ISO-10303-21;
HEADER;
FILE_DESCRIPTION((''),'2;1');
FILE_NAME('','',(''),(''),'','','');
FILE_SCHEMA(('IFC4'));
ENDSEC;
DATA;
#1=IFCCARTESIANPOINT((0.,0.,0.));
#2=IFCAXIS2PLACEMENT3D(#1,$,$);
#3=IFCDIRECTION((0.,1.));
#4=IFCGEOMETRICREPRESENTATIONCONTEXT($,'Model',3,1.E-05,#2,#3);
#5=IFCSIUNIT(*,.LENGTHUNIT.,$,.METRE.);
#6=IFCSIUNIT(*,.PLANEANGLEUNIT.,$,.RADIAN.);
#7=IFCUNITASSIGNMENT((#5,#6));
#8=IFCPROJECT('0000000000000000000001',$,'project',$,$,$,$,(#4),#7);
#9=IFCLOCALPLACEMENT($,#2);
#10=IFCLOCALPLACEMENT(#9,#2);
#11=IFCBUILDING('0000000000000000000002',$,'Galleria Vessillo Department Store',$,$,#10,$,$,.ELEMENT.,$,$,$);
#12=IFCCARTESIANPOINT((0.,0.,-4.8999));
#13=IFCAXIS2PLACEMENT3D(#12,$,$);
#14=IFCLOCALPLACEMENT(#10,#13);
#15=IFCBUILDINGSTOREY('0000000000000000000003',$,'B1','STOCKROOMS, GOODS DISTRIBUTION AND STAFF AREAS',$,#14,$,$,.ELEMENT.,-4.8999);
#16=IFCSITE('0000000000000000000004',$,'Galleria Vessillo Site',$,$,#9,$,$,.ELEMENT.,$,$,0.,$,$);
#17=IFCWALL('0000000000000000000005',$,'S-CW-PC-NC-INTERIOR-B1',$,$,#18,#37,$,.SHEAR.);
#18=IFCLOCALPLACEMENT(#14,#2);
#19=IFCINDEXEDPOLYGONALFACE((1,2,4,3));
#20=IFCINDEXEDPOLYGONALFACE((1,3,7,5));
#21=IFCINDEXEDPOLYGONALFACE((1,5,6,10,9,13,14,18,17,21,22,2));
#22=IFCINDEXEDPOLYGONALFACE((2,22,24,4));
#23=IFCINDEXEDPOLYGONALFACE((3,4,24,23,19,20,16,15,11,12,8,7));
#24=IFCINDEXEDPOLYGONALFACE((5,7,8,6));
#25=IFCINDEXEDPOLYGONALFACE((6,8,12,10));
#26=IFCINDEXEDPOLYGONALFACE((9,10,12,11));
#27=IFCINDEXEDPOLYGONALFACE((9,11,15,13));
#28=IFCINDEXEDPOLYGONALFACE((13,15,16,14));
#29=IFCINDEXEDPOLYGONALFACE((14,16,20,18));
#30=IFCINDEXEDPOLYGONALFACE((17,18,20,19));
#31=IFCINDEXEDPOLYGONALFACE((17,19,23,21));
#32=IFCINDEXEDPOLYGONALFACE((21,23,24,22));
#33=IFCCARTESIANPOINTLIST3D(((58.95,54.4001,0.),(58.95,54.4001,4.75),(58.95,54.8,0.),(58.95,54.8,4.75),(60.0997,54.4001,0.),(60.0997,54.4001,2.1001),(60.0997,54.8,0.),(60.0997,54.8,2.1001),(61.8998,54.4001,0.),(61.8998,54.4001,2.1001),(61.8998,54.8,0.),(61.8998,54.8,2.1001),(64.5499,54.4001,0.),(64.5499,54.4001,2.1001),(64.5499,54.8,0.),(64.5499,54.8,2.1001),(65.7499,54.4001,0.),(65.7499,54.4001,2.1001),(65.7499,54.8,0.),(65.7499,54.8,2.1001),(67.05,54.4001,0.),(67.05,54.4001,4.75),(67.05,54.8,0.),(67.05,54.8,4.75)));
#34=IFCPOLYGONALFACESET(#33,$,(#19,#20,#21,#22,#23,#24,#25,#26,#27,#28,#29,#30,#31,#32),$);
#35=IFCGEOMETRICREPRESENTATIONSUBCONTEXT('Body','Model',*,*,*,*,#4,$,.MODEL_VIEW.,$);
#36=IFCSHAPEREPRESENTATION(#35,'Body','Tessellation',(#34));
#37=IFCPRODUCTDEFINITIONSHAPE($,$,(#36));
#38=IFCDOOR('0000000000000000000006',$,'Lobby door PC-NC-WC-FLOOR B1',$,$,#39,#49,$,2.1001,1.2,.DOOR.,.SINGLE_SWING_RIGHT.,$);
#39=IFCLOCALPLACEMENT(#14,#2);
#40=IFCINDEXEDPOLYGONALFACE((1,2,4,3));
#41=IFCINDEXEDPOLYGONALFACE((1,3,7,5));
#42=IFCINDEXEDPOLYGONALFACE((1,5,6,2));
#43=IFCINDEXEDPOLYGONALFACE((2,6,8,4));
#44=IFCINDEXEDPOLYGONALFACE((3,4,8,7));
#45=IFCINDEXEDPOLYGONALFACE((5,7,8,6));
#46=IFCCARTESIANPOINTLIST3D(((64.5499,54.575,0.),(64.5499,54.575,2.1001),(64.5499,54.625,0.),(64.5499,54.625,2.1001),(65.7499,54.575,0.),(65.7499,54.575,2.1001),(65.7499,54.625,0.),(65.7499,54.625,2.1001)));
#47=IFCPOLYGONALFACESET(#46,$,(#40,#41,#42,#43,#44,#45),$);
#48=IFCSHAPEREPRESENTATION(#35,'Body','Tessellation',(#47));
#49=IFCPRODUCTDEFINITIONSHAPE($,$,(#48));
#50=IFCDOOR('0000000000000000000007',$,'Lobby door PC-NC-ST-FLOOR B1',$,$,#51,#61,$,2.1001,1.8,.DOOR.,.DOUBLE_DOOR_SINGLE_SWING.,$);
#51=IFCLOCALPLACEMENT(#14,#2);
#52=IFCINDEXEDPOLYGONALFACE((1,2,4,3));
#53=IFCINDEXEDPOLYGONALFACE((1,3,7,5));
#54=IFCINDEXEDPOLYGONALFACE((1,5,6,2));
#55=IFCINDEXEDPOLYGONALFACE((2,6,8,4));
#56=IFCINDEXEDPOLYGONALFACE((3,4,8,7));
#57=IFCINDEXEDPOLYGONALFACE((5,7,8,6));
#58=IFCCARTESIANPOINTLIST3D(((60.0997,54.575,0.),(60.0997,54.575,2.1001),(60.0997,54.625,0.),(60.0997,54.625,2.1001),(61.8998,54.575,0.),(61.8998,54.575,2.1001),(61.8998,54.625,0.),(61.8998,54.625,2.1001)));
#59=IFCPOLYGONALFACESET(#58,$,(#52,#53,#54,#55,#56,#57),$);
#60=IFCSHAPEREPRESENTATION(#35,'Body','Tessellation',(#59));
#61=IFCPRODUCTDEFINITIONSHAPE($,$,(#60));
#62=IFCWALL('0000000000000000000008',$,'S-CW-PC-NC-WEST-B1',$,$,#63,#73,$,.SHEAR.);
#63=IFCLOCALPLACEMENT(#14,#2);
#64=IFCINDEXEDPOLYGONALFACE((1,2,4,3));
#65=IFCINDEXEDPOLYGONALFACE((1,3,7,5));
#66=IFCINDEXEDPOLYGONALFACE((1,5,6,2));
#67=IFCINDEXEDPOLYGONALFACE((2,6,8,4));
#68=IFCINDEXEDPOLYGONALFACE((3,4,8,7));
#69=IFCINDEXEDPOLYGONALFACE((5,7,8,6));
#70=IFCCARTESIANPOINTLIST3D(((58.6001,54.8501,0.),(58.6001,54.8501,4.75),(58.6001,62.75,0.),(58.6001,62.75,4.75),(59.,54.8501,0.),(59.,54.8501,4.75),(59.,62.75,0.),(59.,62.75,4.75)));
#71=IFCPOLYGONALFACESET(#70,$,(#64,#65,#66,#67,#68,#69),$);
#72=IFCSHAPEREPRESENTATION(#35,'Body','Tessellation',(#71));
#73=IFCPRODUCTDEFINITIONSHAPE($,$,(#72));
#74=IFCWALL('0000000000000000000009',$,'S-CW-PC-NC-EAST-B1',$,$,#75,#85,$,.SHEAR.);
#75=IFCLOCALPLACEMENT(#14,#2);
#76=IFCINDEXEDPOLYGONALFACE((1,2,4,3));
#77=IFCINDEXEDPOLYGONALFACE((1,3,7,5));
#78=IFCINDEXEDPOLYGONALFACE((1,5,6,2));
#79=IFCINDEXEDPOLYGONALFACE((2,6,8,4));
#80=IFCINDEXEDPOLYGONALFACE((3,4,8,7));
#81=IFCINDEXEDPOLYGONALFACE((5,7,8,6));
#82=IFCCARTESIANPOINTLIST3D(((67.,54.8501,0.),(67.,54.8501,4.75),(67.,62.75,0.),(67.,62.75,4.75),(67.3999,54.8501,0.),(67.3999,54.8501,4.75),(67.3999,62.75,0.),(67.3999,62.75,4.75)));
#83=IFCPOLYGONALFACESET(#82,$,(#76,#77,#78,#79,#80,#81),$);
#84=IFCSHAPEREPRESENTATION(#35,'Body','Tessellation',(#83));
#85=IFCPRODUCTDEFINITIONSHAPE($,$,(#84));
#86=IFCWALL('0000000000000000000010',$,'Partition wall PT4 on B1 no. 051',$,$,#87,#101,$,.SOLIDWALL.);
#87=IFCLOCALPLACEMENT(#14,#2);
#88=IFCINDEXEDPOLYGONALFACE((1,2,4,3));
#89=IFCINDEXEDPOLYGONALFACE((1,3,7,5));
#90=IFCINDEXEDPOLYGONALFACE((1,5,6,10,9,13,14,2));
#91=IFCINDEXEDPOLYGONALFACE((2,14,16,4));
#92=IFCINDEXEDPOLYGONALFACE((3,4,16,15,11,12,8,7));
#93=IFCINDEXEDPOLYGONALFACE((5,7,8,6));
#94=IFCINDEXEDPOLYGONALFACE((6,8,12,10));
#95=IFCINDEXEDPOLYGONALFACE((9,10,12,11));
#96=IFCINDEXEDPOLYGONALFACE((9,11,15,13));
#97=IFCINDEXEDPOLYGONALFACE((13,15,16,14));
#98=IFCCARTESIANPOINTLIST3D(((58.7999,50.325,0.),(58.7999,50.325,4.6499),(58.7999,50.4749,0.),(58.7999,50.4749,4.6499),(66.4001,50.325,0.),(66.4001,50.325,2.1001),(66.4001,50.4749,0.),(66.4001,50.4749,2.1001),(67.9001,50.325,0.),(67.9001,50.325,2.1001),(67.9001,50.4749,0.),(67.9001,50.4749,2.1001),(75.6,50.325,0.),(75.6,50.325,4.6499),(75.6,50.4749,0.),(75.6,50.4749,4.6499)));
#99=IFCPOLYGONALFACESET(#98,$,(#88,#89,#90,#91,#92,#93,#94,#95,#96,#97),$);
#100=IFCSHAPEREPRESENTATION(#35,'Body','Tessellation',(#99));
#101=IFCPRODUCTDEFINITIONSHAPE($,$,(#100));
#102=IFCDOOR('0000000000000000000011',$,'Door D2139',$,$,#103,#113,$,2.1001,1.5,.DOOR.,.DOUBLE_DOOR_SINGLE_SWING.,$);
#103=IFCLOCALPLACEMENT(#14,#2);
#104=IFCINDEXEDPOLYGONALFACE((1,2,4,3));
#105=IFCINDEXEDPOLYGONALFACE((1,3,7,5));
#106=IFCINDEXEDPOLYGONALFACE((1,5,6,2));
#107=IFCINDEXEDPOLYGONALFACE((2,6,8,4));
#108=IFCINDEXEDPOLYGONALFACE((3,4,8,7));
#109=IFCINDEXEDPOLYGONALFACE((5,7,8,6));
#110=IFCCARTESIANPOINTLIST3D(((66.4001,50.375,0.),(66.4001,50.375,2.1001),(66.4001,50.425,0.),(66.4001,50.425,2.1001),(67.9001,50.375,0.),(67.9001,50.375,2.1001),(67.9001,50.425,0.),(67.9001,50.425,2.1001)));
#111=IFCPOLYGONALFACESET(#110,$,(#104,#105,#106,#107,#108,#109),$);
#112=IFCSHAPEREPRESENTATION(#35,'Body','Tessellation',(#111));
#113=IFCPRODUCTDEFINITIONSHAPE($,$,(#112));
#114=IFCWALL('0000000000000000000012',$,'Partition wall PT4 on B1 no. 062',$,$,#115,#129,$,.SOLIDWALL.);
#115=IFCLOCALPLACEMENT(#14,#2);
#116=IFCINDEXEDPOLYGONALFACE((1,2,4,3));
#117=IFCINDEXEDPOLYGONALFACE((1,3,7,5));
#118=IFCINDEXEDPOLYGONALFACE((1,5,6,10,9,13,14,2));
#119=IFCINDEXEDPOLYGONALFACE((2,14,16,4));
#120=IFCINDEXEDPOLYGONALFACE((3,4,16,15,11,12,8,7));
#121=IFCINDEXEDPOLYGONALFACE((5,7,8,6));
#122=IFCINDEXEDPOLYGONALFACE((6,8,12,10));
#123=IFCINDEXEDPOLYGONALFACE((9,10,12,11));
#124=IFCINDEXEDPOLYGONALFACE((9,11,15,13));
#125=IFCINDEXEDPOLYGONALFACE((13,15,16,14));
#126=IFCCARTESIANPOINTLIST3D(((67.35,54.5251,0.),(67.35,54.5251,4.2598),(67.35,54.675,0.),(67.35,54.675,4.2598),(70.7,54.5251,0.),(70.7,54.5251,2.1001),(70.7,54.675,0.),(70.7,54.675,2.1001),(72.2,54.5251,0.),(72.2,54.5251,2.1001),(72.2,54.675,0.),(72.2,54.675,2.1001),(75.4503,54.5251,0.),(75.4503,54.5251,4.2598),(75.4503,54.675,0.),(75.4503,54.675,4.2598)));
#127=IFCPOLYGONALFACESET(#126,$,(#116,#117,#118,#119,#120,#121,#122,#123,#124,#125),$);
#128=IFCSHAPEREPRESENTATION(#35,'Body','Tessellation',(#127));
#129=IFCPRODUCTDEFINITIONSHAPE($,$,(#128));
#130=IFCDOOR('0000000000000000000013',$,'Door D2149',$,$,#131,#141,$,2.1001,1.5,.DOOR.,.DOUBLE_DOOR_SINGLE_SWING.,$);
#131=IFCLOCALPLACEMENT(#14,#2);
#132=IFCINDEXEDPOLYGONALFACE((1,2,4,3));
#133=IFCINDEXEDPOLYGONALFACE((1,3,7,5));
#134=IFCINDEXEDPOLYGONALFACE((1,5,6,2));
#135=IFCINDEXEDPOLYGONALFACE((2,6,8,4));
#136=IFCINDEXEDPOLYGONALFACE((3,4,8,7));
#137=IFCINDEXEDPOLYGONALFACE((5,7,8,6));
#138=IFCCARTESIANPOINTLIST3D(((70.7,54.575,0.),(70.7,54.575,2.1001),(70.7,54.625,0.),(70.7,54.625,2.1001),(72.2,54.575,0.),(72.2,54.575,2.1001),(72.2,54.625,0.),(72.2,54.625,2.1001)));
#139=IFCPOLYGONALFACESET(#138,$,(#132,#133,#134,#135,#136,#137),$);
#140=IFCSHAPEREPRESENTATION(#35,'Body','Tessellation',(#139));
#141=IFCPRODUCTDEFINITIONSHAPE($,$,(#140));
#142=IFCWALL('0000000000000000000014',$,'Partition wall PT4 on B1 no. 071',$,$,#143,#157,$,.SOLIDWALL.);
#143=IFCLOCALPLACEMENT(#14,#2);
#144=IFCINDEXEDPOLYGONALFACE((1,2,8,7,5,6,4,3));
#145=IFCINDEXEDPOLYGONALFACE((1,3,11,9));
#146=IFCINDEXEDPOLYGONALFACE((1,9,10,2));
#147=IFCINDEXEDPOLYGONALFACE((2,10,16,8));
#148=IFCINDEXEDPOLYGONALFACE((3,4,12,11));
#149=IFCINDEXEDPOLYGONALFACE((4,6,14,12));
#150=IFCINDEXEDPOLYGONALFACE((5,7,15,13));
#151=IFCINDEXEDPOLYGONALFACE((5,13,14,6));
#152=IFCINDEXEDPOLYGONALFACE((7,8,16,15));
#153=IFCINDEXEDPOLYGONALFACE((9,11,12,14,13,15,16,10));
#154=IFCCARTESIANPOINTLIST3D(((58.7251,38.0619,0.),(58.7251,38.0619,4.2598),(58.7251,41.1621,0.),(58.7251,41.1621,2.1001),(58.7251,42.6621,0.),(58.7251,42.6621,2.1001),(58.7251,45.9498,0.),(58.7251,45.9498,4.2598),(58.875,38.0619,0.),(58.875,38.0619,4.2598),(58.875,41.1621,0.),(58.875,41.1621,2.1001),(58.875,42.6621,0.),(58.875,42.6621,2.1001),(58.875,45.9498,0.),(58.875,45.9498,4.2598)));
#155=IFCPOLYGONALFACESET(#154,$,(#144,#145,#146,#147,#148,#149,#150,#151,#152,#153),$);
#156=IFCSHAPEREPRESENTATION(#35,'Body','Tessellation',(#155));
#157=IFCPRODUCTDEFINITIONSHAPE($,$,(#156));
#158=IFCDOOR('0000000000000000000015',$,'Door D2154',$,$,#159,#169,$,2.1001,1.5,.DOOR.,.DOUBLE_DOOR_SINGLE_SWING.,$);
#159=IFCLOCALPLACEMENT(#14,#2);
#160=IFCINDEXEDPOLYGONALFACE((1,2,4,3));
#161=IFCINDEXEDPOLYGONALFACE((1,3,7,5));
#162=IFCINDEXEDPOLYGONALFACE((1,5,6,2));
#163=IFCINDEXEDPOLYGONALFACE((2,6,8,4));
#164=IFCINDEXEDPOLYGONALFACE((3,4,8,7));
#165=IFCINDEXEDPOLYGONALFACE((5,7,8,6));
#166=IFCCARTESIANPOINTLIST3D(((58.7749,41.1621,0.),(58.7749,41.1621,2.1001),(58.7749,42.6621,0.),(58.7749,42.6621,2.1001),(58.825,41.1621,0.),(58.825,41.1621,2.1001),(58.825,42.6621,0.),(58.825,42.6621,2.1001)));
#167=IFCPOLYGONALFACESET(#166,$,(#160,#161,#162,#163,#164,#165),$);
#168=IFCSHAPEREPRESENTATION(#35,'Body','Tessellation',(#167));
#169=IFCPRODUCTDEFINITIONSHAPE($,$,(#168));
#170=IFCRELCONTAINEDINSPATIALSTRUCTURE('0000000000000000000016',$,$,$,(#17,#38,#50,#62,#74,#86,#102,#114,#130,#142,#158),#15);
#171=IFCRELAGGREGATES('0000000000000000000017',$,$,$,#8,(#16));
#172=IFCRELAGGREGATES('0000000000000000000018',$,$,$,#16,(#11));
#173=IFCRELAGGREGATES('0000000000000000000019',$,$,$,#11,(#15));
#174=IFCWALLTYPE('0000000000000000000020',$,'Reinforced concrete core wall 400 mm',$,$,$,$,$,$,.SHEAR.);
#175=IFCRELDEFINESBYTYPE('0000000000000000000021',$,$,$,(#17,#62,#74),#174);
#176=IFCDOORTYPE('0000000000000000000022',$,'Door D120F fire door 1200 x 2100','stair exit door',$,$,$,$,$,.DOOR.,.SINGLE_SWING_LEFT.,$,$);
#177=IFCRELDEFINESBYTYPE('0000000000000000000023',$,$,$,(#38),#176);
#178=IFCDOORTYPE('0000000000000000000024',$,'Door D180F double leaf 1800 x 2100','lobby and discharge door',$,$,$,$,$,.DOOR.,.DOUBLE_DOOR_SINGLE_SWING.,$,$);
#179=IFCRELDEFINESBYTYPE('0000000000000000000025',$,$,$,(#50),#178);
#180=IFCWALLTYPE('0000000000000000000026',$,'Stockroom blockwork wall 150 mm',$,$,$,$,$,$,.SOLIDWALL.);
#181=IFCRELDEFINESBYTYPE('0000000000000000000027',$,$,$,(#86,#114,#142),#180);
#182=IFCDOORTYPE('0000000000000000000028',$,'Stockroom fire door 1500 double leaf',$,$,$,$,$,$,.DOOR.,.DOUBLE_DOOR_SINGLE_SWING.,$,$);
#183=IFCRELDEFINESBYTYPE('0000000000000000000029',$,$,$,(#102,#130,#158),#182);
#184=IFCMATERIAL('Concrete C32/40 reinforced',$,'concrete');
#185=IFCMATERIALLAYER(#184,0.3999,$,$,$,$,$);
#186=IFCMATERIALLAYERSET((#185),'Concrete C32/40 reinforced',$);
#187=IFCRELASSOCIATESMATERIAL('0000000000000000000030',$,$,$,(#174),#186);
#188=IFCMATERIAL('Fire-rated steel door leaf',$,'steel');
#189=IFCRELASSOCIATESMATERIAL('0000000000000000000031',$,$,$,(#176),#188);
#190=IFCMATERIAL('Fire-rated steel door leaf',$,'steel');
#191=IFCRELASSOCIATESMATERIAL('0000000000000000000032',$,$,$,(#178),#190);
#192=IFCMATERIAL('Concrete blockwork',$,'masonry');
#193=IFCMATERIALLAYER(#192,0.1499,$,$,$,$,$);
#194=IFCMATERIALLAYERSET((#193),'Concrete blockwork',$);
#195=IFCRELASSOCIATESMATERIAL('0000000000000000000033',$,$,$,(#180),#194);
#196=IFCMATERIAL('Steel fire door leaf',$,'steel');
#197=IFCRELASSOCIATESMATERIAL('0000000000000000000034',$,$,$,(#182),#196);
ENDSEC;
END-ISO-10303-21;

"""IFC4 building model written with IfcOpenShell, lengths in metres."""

from ifc_helpers import new_model, si_unit, direction, frame, frame_2d, origin, place, context, subcontext, project, spatial, rectangle, extrude, material, layer, layer_set, type_object, element, fill, save


model = new_model("IFC4")

# Units and contexts
model_context = context("Model", 3, precision=1e-05, world=origin(), true_north=direction((0.0, 1.0)))
body_context = subcontext(model_context, "Body", "Model", "MODEL_VIEW")
ifc_project = project(units=[si_unit("LENGTHUNIT", "METRE"), si_unit("PLANEANGLEUNIT", "RADIAN")], contexts=[model_context])

# Site, building, storey
site_placement = place(None, origin())
site = spatial("IfcSite", under=ifc_project, at=site_placement, Name="Galleria Vessillo Site", CompositionType="ELEMENT", RefElevation=0.0)
building_placement = place(site_placement, origin())
building = spatial("IfcBuilding", under=site, at=building_placement, Name="Galleria Vessillo Department Store", CompositionType="ELEMENT")
storey_placement = place(building_placement, frame((0.0, 0.0, -4.8999)))
storey = spatial("IfcBuildingStorey", under=building, at=storey_placement, Name="B1", Description="STOCKROOMS, GOODS DISTRIBUTION AND STAFF AREAS", CompositionType="ELEMENT", Elevation=-4.8999)

# Wall, openings, doors
ifc_material_1 = material(Name="Concrete C32/40 reinforced", Category="concrete")
ifc_layer_1 = layer(ifc_material_1, 0.3999)
ifc_layer_set_1 = layer_set([ifc_layer_1], Name="Concrete C32/40 reinforced")
wall_type_1 = type_object("IfcWallType", Name="Reinforced concrete core wall 400 mm", PredefinedType="SHEAR", material=ifc_layer_set_1)
wall_1_placement = place(storey_placement, frame((58.95, 54.6001, 0.0), z_axis=(0.0, 0.0, 1.0), x_axis=(1.0, 0.0, 0.0)))
wall_1 = element("IfcWall", 1, at=wall_1_placement, inside=storey, type_object=wall_type_1, Name="S-CW-PC-NC-INTERIOR-B1", PredefinedType="SHEAR", context=body_context, shape_type="SweptSolid", body=[
    extrude(rectangle(XDim=8.1001, YDim=0.3999, at=frame_2d((4.05, 0.0))), origin(), (0.0, 0.0, 1.0), 4.75),
])
opening_1_placement = place(wall_1_placement, frame((1.1499, 0.0, 0.0)))
opening_1 = element("IfcOpeningElement", 2, at=opening_1_placement, cuts=wall_1, PredefinedType="OPENING", context=body_context, shape_type="SweptSolid", body=[
    extrude(rectangle(XDim=1.8, YDim=2.1001, at=frame_2d((0.8999, 1.05))), frame((0.0, 0.21, 0.0), z_axis=(0.0, -1.0, 0.0), x_axis=(1.0, 0.0, 0.0)), (0.0, 0.0, 1.0), 0.4199),
])
opening_2_placement = place(wall_1_placement, frame((5.5999, 0.0, 0.0)))
opening_2 = element("IfcOpeningElement", 3, at=opening_2_placement, cuts=wall_1, PredefinedType="OPENING", context=body_context, shape_type="SweptSolid", body=[
    extrude(rectangle(XDim=1.2, YDim=2.1001, at=frame_2d((0.6001, 1.05))), frame((0.0, 0.21, 0.0), z_axis=(0.0, -1.0, 0.0), x_axis=(1.0, 0.0, 0.0)), (0.0, 0.0, 1.0), 0.4199),
])
ifc_material_2 = material(Name="Fire-rated steel door leaf", Category="steel")
door_type_1 = type_object("IfcDoorType", Name="Door D120F fire door 1200 x 2100", Description="stair exit door", OperationType="SINGLE_SWING_LEFT", PredefinedType="DOOR", material=ifc_material_2)
door_1_placement = place(opening_2_placement, origin())
door_1 = element("IfcDoor", 4, at=door_1_placement, inside=storey, type_object=door_type_1, Name="Lobby door PC-NC-WC-FLOOR B1", OperationType="SINGLE_SWING_RIGHT", OverallHeight=2.1001, OverallWidth=1.2, PredefinedType="DOOR", context=body_context, shape_type="SweptSolid", body=[
    extrude(rectangle(XDim=1.2, YDim=2.1001, at=frame_2d((0.6001, 1.05))), frame((0.0, 0.0249, 0.0), z_axis=(0.0, -1.0, 0.0), x_axis=(1.0, 0.0, 0.0)), (0.0, 0.0, 1.0), 0.05),
])
fill(opening_2, door_1)
ifc_material_3 = material(Name="Fire-rated steel door leaf", Category="steel")
door_type_2 = type_object("IfcDoorType", Name="Door D180F double leaf 1800 x 2100", Description="lobby and discharge door", OperationType="DOUBLE_DOOR_SINGLE_SWING", PredefinedType="DOOR", material=ifc_material_3)
door_2_placement = place(opening_1_placement, origin())
door_2 = element("IfcDoor", 5, at=door_2_placement, inside=storey, type_object=door_type_2, Name="Lobby door PC-NC-ST-FLOOR B1", OperationType="DOUBLE_DOOR_SINGLE_SWING", OverallHeight=2.1001, OverallWidth=1.8, PredefinedType="DOOR", context=body_context, shape_type="SweptSolid", body=[
    extrude(rectangle(XDim=1.8, YDim=2.1001, at=frame_2d((0.8999, 1.05))), frame((0.0, 0.0249, 0.0), z_axis=(0.0, -1.0, 0.0), x_axis=(1.0, 0.0, 0.0)), (0.0, 0.0, 1.0), 0.05),
])
fill(opening_1, door_2)

# Walls
for number, where, z_axis, x_axis, name in (
    (6, (58.8, 54.8501, 0.0), (0.0, 0.0, 1.0), (0.0, 1.0, 0.0), "S-CW-PC-NC-WEST-B1"),
    (7, (67.2, 54.8501, 0.0), (0.0, 0.0, 1.0), (0.0, 1.0, 0.0), "S-CW-PC-NC-EAST-B1"),
):
    element("IfcWall", number, at=place(storey_placement, frame(where, z_axis=z_axis, x_axis=x_axis)), inside=storey, type_object=wall_type_1, Name=name, PredefinedType="SHEAR", context=body_context, shape_type="SweptSolid", body=[
        extrude(rectangle(XDim=7.8999, YDim=0.3999, at=frame_2d((3.95, 0.0))), origin(), (0.0, 0.0, 1.0), 4.75),
    ])

# Walls, openings, doors
ifc_material_4 = material(Name="Concrete blockwork", Category="masonry")
ifc_layer_2 = layer(ifc_material_4, 0.1499)
ifc_layer_set_2 = layer_set([ifc_layer_2], Name="Concrete blockwork")
wall_type_2 = type_object("IfcWallType", Name="Stockroom blockwork wall 150 mm", PredefinedType="SOLIDWALL", material=ifc_layer_set_2)
wall_2_placement = place(storey_placement, frame((58.8, 50.3999, 0.0), z_axis=(0.0, 0.0, 1.0), x_axis=(1.0, 0.0, 0.0)))
wall_2 = element("IfcWall", 8, at=wall_2_placement, inside=storey, type_object=wall_type_2, Name="Partition wall PT4 on B1 no. 051", PredefinedType="SOLIDWALL", context=body_context, shape_type="SweptSolid", body=[
    extrude(rectangle(XDim=16.8, YDim=0.1499, at=frame_2d((8.3999, 0.0))), origin(), (0.0, 0.0, 1.0), 4.6499),
])
opening_3_placement = place(wall_2_placement, frame((7.6001, 0.0, 0.0)))
opening_3 = element("IfcOpeningElement", 9, at=opening_3_placement, cuts=wall_2, PredefinedType="OPENING", context=body_context, shape_type="SweptSolid", body=[
    extrude(rectangle(XDim=1.5, YDim=2.1001, at=frame_2d((0.75, 1.05))), frame((0.0, 0.085, 0.0), z_axis=(0.0, -1.0, 0.0), x_axis=(1.0, 0.0, 0.0)), (0.0, 0.0, 1.0), 0.1699),
])
ifc_material_5 = material(Name="Steel fire door leaf", Category="steel")
door_type_3 = type_object("IfcDoorType", Name="Stockroom fire door 1500 double leaf", OperationType="DOUBLE_DOOR_SINGLE_SWING", PredefinedType="DOOR", material=ifc_material_5)
door_3_placement = place(opening_3_placement, frame((1.5, 0.0, 0.0), z_axis=(0.0, 0.0, 1.0), x_axis=(-1.0, 0.0, 0.0)))
door_3 = element("IfcDoor", 10, at=door_3_placement, inside=storey, type_object=door_type_3, Name="Door D2139", OperationType="DOUBLE_DOOR_SINGLE_SWING", OverallHeight=2.1001, OverallWidth=1.5, PredefinedType="DOOR", context=body_context, shape_type="SweptSolid", body=[
    extrude(rectangle(XDim=1.5, YDim=2.1001, at=frame_2d((0.75, 1.05))), frame((0.0, 0.0249, 0.0), z_axis=(0.0, -1.0, 0.0), x_axis=(1.0, 0.0, 0.0)), (0.0, 0.0, 1.0), 0.05),
])
fill(opening_3, door_3)
wall_3_placement = place(storey_placement, frame((67.3499, 54.6001, 0.0), z_axis=(0.0, 0.0, 1.0), x_axis=(1.0, 0.0, 0.0)))
wall_3 = element("IfcWall", 11, at=wall_3_placement, inside=storey, type_object=wall_type_2, Name="Partition wall PT4 on B1 no. 062", PredefinedType="SOLIDWALL", context=body_context, shape_type="SweptSolid", body=[
    extrude(rectangle(XDim=8.1003, YDim=0.1499, at=frame_2d((4.0503, 0.0))), origin(), (0.0, 0.0, 1.0), 4.2598),
])
opening_4_placement = place(wall_3_placement, frame((3.3501, 0.0, 0.0)))
opening_4 = element("IfcOpeningElement", 12, at=opening_4_placement, cuts=wall_3, PredefinedType="OPENING", context=body_context, shape_type="SweptSolid", body=[
    extrude(rectangle(XDim=1.5, YDim=2.1001, at=frame_2d((0.75, 1.05))), frame((0.0, 0.085, 0.0), z_axis=(0.0, -1.0, 0.0), x_axis=(1.0, 0.0, 0.0)), (0.0, 0.0, 1.0), 0.1699),
])
door_4_placement = place(opening_4_placement, origin())
door_4 = element("IfcDoor", 13, at=door_4_placement, inside=storey, type_object=door_type_3, Name="Door D2149", OperationType="DOUBLE_DOOR_SINGLE_SWING", OverallHeight=2.1001, OverallWidth=1.5, PredefinedType="DOOR", context=body_context, shape_type="SweptSolid", body=[
    extrude(rectangle(XDim=1.5, YDim=2.1001, at=frame_2d((0.75, 1.05))), frame((0.0, 0.0249, 0.0), z_axis=(0.0, -1.0, 0.0), x_axis=(1.0, 0.0, 0.0)), (0.0, 0.0, 1.0), 0.05),
])
fill(opening_4, door_4)
wall_4_placement = place(storey_placement, frame((58.8, 38.062, 0.0), z_axis=(0.0, 0.0, 1.0), x_axis=(0.0, 1.0, 0.0)))
wall_4 = element("IfcWall", 14, at=wall_4_placement, inside=storey, type_object=wall_type_2, Name="Partition wall PT4 on B1 no. 071", PredefinedType="SOLIDWALL", context=body_context, shape_type="SweptSolid", body=[
    extrude(rectangle(XDim=7.8879, YDim=0.1499, at=frame_2d((3.9438, 0.0))), origin(), (0.0, 0.0, 1.0), 4.2598),
])
opening_5_placement = place(wall_4_placement, frame((3.1001, 0.0, 0.0)))
opening_5 = element("IfcOpeningElement", 15, at=opening_5_placement, cuts=wall_4, PredefinedType="OPENING", context=body_context, shape_type="SweptSolid", body=[
    extrude(rectangle(XDim=1.5, YDim=2.1001, at=frame_2d((0.75, 1.05))), frame((0.0, 0.085, 0.0), z_axis=(0.0, -1.0, 0.0), x_axis=(1.0, 0.0, 0.0)), (0.0, 0.0, 1.0), 0.1699),
])
door_5_placement = place(opening_5_placement, frame((1.5, 0.0, 0.0), z_axis=(0.0, 0.0, 1.0), x_axis=(-1.0, 0.0, 0.0)))
door_5 = element("IfcDoor", 16, at=door_5_placement, inside=storey, type_object=door_type_3, Name="Door D2154", OperationType="DOUBLE_DOOR_SINGLE_SWING", OverallHeight=2.1001, OverallWidth=1.5, PredefinedType="DOOR", context=body_context, shape_type="SweptSolid", body=[
    extrude(rectangle(XDim=1.5, YDim=2.1001, at=frame_2d((0.75, 1.05))), frame((0.0, 0.0249, 0.0), z_axis=(0.0, -1.0, 0.0), x_axis=(1.0, 0.0, 0.0)), (0.0, 0.0, 1.0), 0.05),
])
fill(opening_5, door_5)

save(model, "model.ifc")
